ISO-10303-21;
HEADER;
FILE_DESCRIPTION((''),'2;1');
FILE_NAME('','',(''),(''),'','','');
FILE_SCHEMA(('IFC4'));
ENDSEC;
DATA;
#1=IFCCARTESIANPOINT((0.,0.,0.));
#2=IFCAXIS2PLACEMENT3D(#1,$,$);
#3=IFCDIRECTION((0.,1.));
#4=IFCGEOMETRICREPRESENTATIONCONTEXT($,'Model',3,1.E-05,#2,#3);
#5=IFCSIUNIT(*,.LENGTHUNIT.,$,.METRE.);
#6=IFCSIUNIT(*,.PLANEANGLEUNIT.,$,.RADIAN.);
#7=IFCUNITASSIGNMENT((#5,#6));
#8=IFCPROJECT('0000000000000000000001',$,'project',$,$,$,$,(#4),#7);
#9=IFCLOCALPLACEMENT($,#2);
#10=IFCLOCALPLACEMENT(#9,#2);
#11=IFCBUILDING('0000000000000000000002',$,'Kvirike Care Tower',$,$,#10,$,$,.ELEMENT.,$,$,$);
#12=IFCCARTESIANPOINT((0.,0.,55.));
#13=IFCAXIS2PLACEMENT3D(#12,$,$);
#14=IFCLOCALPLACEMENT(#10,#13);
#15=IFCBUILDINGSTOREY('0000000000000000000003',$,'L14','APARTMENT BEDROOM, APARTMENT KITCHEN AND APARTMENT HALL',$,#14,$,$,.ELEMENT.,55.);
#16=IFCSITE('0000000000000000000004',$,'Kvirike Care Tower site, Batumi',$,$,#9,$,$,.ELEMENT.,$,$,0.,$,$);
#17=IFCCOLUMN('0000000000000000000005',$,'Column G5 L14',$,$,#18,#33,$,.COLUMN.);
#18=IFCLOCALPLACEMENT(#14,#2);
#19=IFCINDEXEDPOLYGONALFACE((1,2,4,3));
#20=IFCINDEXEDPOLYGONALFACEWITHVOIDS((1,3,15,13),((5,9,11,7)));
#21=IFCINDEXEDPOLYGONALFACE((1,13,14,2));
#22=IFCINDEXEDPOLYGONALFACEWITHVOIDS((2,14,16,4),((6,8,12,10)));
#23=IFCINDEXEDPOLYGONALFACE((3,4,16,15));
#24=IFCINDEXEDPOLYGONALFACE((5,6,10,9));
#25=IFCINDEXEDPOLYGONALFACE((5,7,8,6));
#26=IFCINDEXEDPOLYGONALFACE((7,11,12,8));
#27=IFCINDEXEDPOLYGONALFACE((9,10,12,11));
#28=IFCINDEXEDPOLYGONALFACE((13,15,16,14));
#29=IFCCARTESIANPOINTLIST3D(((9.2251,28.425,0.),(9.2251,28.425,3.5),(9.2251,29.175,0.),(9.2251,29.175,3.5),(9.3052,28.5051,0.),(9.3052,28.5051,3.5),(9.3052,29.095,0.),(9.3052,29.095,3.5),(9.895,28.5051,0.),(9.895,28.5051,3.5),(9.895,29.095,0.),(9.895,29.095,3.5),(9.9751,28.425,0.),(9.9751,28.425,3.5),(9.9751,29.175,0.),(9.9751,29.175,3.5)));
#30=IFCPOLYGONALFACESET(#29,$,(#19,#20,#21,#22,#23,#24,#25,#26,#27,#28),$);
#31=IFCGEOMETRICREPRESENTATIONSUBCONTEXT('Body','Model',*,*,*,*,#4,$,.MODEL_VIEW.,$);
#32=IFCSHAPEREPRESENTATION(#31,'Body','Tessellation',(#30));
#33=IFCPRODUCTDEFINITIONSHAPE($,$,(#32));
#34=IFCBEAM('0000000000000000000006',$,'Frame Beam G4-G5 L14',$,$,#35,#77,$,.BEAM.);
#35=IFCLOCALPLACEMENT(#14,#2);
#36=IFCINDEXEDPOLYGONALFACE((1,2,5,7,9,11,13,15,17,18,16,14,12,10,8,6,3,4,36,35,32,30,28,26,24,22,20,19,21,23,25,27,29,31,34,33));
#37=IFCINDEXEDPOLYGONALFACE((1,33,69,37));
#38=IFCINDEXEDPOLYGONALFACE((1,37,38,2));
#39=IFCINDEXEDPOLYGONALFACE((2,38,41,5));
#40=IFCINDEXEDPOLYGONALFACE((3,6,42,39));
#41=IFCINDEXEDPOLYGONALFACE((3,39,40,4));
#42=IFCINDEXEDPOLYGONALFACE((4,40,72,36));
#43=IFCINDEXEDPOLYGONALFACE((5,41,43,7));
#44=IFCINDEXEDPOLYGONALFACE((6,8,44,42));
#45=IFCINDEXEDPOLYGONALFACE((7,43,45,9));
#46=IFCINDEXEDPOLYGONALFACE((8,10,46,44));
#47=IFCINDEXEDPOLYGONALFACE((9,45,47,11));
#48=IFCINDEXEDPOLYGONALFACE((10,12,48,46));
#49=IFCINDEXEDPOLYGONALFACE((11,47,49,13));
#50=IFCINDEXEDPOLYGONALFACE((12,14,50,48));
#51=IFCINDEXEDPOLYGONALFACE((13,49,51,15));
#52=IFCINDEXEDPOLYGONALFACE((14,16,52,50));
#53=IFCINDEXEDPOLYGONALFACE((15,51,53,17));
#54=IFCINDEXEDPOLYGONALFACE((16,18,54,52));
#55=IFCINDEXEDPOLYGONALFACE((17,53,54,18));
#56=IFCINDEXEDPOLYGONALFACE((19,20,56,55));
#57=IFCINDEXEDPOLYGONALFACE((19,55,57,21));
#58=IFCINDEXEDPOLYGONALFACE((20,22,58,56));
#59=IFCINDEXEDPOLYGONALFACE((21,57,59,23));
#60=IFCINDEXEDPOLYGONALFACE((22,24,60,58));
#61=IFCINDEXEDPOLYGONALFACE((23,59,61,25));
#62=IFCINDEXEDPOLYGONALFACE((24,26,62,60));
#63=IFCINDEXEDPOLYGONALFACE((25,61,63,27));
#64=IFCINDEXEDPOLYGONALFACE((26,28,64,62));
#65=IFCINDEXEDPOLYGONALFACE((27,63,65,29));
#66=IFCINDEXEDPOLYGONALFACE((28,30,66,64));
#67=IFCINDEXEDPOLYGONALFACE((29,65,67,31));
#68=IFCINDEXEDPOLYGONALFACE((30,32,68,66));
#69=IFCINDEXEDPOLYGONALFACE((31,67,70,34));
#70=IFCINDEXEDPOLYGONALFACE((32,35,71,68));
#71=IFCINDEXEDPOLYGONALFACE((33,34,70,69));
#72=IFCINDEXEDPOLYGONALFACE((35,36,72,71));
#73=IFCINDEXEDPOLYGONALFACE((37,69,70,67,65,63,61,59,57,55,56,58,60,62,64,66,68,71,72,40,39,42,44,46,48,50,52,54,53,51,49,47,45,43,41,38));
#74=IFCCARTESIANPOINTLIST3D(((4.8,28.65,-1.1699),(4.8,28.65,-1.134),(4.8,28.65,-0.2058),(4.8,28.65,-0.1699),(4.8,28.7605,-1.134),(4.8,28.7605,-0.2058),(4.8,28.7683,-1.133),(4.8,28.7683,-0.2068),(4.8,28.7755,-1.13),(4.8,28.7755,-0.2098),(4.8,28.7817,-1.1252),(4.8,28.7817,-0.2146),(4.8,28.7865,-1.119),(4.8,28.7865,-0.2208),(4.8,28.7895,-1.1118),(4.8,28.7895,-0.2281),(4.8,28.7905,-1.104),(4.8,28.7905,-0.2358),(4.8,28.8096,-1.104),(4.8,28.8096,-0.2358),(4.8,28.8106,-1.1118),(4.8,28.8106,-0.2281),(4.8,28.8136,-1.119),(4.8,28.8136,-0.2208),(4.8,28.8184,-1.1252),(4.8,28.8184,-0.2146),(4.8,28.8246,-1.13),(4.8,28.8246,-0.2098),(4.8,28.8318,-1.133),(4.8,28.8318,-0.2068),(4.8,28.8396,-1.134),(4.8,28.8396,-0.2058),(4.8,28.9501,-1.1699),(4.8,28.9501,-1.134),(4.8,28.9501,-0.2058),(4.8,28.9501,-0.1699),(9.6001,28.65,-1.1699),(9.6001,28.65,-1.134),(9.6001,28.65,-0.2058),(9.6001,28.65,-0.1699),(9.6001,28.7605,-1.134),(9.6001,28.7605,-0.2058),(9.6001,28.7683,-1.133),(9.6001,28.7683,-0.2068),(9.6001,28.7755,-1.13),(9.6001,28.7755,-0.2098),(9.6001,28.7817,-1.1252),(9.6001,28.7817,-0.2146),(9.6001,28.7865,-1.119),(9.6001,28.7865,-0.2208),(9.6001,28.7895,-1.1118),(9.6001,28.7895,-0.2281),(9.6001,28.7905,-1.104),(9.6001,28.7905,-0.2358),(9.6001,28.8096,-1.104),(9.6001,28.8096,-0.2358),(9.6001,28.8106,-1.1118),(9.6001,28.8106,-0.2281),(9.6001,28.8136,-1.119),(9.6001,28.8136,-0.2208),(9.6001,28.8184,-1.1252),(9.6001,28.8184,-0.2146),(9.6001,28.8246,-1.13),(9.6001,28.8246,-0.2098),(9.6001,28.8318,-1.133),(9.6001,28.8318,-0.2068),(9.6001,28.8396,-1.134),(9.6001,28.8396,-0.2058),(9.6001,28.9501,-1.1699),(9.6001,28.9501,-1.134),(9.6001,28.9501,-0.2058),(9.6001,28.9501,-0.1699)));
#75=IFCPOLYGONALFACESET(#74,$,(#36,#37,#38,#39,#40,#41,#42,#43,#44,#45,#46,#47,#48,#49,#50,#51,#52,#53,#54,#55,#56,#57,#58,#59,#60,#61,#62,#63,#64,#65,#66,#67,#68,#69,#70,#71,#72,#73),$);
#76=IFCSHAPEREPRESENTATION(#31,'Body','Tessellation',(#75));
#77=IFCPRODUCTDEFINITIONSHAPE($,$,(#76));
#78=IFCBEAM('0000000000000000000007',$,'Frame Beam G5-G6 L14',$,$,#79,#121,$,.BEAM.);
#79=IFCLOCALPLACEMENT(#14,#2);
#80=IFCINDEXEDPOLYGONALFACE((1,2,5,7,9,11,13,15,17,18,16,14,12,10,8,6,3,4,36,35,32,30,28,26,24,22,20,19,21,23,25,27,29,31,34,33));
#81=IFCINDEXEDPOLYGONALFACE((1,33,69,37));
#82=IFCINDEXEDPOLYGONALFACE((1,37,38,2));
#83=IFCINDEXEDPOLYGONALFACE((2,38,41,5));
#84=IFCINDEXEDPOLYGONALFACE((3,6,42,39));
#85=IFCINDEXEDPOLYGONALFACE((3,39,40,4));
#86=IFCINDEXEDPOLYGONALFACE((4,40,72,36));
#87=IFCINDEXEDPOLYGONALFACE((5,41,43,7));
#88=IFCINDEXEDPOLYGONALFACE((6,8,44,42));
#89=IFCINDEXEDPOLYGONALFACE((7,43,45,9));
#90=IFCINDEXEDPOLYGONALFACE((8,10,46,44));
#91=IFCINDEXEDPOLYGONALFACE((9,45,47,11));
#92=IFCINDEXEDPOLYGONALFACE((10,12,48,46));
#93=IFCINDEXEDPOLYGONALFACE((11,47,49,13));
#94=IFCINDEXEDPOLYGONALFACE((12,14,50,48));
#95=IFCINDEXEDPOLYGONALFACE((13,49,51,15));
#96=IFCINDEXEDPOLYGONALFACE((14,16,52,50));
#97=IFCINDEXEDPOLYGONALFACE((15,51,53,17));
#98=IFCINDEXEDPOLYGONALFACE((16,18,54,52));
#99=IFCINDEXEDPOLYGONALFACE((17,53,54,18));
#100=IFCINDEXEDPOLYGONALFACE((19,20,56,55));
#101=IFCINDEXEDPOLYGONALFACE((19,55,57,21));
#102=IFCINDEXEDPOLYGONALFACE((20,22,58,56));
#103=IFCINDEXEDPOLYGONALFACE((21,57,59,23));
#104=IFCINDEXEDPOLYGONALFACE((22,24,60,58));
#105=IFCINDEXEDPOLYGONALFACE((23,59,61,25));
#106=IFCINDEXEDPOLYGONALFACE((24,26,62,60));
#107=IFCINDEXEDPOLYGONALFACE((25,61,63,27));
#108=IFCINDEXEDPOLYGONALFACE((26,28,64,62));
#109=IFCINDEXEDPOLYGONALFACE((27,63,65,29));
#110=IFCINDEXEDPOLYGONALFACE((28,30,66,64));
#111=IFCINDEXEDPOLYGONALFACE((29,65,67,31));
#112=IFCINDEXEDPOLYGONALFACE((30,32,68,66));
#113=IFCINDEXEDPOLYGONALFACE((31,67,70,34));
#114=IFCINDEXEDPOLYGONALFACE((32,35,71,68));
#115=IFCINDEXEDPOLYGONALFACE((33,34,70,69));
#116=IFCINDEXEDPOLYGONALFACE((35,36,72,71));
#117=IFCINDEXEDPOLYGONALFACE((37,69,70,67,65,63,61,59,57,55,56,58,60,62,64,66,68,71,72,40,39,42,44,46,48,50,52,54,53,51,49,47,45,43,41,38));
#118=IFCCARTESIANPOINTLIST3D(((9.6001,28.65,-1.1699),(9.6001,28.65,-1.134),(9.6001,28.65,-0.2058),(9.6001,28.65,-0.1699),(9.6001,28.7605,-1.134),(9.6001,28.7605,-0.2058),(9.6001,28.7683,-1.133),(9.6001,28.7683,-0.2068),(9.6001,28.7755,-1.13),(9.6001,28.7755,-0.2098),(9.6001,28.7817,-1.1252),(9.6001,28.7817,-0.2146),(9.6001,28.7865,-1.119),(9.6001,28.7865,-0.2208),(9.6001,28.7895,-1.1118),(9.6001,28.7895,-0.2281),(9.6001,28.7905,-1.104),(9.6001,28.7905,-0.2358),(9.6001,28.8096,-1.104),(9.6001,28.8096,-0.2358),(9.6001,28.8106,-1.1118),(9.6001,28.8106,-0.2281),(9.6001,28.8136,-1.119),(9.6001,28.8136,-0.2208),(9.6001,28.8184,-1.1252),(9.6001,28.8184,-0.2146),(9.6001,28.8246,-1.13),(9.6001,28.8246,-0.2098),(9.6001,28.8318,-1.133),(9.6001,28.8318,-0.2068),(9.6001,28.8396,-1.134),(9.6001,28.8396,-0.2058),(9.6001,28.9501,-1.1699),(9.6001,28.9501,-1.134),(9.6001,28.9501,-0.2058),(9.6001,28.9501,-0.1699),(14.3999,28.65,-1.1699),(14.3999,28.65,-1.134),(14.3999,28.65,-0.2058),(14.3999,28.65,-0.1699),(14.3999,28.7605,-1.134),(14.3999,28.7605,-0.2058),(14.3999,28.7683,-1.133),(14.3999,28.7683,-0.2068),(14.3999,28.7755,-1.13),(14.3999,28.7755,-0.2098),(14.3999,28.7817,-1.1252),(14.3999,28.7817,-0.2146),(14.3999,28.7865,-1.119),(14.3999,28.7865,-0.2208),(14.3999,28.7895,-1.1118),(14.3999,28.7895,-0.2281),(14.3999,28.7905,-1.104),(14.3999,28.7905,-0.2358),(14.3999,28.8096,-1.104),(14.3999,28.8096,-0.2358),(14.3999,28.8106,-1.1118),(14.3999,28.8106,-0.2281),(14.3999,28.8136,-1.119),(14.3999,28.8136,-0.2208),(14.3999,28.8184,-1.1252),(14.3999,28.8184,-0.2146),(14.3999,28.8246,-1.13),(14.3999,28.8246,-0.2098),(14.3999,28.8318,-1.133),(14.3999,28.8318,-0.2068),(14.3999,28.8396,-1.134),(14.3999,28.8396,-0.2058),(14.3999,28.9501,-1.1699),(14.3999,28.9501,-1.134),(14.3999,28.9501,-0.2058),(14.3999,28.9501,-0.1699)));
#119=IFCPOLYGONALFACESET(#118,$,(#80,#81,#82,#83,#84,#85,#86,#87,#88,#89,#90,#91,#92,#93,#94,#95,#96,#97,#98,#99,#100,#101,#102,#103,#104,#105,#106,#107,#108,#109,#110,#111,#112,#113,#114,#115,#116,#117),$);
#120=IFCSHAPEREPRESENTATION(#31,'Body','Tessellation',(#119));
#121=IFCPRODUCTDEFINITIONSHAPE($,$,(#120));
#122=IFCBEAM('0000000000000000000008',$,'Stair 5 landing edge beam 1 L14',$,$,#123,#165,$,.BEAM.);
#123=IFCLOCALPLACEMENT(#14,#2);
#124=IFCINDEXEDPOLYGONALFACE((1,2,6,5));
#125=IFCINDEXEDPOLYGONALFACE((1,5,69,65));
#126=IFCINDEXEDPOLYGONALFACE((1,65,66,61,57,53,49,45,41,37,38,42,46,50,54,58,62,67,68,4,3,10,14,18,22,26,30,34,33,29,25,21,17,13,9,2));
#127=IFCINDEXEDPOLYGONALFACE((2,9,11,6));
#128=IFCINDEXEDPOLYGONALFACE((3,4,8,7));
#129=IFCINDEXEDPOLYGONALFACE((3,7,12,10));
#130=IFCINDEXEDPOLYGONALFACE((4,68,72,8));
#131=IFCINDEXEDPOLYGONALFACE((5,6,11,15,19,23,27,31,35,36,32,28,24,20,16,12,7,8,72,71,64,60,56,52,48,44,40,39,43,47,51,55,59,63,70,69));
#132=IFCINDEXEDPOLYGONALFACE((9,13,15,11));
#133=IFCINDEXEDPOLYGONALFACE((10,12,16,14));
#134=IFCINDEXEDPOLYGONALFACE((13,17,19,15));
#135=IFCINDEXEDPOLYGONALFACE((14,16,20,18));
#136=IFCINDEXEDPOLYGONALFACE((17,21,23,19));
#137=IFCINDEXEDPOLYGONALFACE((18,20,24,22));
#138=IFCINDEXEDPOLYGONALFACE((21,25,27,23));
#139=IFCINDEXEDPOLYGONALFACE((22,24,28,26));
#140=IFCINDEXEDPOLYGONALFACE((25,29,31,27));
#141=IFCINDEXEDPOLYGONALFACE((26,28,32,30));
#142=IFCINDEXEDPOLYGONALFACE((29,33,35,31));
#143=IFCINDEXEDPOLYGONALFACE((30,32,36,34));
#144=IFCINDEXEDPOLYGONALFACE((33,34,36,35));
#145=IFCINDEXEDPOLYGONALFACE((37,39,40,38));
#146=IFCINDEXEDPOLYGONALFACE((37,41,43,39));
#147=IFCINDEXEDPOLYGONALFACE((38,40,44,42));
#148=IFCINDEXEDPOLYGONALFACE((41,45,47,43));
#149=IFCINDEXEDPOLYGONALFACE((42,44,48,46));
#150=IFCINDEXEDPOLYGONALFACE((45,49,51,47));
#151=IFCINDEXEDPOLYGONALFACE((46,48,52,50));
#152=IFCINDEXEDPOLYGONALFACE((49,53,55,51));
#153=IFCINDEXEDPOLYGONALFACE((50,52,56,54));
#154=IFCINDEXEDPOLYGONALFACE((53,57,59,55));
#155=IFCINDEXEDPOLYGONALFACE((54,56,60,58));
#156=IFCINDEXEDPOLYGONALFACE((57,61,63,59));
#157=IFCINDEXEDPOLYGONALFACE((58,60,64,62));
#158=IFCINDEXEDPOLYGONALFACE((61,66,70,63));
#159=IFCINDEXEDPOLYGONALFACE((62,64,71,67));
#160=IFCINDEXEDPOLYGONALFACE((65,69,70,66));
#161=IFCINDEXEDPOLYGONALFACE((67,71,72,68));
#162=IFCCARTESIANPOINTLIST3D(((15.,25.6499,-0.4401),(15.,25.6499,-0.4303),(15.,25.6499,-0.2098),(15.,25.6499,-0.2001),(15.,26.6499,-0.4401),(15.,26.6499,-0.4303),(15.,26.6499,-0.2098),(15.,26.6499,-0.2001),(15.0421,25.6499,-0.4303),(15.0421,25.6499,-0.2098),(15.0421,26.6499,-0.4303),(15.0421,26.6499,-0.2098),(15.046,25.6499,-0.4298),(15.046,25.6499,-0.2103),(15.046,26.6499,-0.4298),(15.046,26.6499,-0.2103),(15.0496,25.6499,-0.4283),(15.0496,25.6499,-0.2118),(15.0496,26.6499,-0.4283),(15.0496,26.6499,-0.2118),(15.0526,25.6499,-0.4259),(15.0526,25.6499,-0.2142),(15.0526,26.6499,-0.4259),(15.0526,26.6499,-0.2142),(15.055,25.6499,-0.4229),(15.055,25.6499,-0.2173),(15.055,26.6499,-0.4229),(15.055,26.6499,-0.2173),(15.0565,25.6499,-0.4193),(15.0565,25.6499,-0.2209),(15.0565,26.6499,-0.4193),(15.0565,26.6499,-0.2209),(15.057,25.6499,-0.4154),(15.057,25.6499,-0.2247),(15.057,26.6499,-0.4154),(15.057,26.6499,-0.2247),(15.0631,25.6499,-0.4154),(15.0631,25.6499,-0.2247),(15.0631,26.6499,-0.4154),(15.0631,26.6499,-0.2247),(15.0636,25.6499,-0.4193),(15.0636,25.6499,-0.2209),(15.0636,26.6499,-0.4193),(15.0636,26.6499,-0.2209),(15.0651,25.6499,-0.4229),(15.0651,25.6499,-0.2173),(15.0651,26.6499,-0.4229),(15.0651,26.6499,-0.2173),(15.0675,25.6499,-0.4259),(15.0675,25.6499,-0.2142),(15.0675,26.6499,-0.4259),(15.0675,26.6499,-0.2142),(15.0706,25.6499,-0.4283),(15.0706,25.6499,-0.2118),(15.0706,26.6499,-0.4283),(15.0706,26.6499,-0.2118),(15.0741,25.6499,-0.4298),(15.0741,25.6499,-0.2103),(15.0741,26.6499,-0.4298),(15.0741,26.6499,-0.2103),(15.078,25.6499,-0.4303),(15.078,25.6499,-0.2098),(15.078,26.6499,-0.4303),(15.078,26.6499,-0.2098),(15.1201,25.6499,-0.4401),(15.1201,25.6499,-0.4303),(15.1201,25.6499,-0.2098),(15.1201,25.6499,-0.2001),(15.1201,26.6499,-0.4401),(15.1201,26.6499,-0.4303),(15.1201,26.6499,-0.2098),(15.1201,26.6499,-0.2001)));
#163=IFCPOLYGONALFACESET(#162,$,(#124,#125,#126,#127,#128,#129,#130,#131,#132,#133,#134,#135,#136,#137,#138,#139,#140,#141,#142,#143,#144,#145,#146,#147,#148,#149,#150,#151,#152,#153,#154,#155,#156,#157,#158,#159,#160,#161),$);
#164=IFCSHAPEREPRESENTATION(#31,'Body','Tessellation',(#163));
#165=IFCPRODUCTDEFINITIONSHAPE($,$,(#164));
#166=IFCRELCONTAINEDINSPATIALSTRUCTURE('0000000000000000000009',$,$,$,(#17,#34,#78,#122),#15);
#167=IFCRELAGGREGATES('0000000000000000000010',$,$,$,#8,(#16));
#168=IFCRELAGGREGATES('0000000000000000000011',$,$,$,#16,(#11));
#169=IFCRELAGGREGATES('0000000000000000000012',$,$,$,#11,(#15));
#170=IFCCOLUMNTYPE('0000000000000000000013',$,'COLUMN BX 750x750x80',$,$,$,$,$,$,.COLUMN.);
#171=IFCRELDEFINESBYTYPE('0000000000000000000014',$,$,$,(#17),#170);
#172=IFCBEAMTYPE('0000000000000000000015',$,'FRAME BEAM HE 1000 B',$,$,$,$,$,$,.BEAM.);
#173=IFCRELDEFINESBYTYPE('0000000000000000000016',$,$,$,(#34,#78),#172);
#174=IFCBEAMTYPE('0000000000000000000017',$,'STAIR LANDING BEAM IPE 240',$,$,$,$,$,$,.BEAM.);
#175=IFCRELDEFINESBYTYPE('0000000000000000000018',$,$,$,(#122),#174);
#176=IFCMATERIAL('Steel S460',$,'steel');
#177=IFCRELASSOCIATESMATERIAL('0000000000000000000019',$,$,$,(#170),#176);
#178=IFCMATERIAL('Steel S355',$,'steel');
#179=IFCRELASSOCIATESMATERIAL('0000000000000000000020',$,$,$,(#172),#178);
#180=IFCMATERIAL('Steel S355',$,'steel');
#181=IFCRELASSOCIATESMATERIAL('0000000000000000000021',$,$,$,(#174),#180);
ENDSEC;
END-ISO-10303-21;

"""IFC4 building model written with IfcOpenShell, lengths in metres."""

from ifc_helpers import new_model, si_unit, direction, frame, origin, origin_2d, place, context, subcontext, project, spatial, hollow_rectangle, i_section, extrude, material, material_profile, profile_set, type_object, element, save


model = new_model("IFC4")

# Units and contexts
model_context = context("Model", 3, precision=1e-05, world=origin(), true_north=direction((0.0, 1.0)))
body_context = subcontext(model_context, "Body", "Model", "MODEL_VIEW")
ifc_project = project(units=[si_unit("LENGTHUNIT", "METRE"), si_unit("PLANEANGLEUNIT", "RADIAN")], contexts=[model_context])

# Site, building, storey
site_placement = place(None, origin())
site = spatial("IfcSite", under=ifc_project, at=site_placement, Name="Kvirike Care Tower site, Batumi", CompositionType="ELEMENT", RefElevation=0.0)
building_placement = place(site_placement, origin())
building = spatial("IfcBuilding", under=site, at=building_placement, Name="Kvirike Care Tower", CompositionType="ELEMENT")
storey_placement = place(building_placement, frame((0.0, 0.0, 55.0)))
storey = spatial("IfcBuildingStorey", under=building, at=storey_placement, Name="L14", Description="APARTMENT BEDROOM, APARTMENT KITCHEN AND APARTMENT HALL", CompositionType="ELEMENT", Elevation=55.0)

# Column
ifc_material_1 = material(Name="Steel S460", Category="steel")
ifc_material_profile_1 = material_profile(ifc_material_1, hollow_rectangle(XDim=0.75, YDim=0.75, WallThickness=0.0801, at=origin_2d()), Name="BX 750x750x80")
ifc_profile_set_1 = profile_set([ifc_material_profile_1], Name="Steel S460")
column_type = type_object("IfcColumnType", Name="COLUMN BX 750x750x80", PredefinedType="COLUMN", material=ifc_profile_set_1)
column_placement = place(storey_placement, frame((9.6001, 28.8, 0.0), z_axis=(0.0, 0.0, 1.0), x_axis=(0.0, 1.0, 0.0)))
element("IfcColumn", 1, at=column_placement, inside=storey, type_object=column_type, Name="Column G5 L14", PredefinedType="COLUMN", context=body_context, shape_type="SweptSolid", body=[
    extrude(hollow_rectangle(XDim=0.75, YDim=0.75, WallThickness=0.0801, at=origin_2d()), origin(), (0.0, 0.0, 1.0), 3.5),
])

# Beams
ifc_material_2 = material(Name="Steel S355", Category="steel")
ifc_material_profile_2 = material_profile(ifc_material_2, i_section(OverallWidth=0.3, OverallDepth=1.0, WebThickness=0.019, FlangeThickness=0.0359, FilletRadius=0.03, at=origin_2d()), Name="HE 1000 B")
ifc_profile_set_2 = profile_set([ifc_material_profile_2], Name="Steel S355")
beam_type_1 = type_object("IfcBeamType", Name="FRAME BEAM HE 1000 B", PredefinedType="BEAM", material=ifc_profile_set_2)
beam_1_placement = place(storey_placement, frame((4.8, 28.8, -0.6699), z_axis=(1.0, 0.0, 0.0), x_axis=(0.0, 1.0, 0.0)))
element("IfcBeam", 2, at=beam_1_placement, inside=storey, type_object=beam_type_1, Name="Frame Beam G4-G5 L14", PredefinedType="BEAM", context=body_context, shape_type="SweptSolid", body=[
    extrude(i_section(OverallWidth=0.3, OverallDepth=1.0, WebThickness=0.019, FlangeThickness=0.0359, FilletRadius=0.03, at=origin_2d()), origin(), (0.0, 0.0, 1.0), 4.8),
])
beam_2_placement = place(storey_placement, frame((9.6001, 28.8, -0.6699), z_axis=(1.0, 0.0, 0.0), x_axis=(0.0, 1.0, 0.0)))
element("IfcBeam", 3, at=beam_2_placement, inside=storey, type_object=beam_type_1, Name="Frame Beam G5-G6 L14", PredefinedType="BEAM", context=body_context, shape_type="SweptSolid", body=[
    extrude(i_section(OverallWidth=0.3, OverallDepth=1.0, WebThickness=0.019, FlangeThickness=0.0359, FilletRadius=0.03, at=origin_2d()), origin(), (0.0, 0.0, 1.0), 4.7998),
])
ifc_material_3 = material(Name="Steel S355", Category="steel")
ifc_material_profile_3 = material_profile(ifc_material_3, i_section(OverallWidth=0.1201, OverallDepth=0.24, WebThickness=0.0061, FlangeThickness=0.0098, FilletRadius=0.0149, at=origin_2d()), Name="IPE 240")
ifc_profile_set_3 = profile_set([ifc_material_profile_3], Name="Steel S355")
beam_type_2 = type_object("IfcBeamType", Name="STAIR LANDING BEAM IPE 240", PredefinedType="BEAM", material=ifc_profile_set_3)
for number, where, z_axis, x_axis, name in (
    (4, (15.0601, 25.6499, -0.3201), (0.0, 1.0, 0.0), (-1.0, 0.0, 0.0), "Stair 5 landing edge beam 1 L14"),
):
    element("IfcBeam", number, at=place(storey_placement, frame(where, z_axis=z_axis, x_axis=x_axis)), inside=storey, type_object=beam_type_2, Name=name, PredefinedType="BEAM", context=body_context, shape_type="SweptSolid", body=[
        extrude(i_section(OverallWidth=0.1201, OverallDepth=0.24, WebThickness=0.0061, FlangeThickness=0.0098, FilletRadius=0.0149, at=origin_2d()), origin(), (0.0, 0.0, 1.0), 1.0),
    ])

save(model, "model.ifc")
